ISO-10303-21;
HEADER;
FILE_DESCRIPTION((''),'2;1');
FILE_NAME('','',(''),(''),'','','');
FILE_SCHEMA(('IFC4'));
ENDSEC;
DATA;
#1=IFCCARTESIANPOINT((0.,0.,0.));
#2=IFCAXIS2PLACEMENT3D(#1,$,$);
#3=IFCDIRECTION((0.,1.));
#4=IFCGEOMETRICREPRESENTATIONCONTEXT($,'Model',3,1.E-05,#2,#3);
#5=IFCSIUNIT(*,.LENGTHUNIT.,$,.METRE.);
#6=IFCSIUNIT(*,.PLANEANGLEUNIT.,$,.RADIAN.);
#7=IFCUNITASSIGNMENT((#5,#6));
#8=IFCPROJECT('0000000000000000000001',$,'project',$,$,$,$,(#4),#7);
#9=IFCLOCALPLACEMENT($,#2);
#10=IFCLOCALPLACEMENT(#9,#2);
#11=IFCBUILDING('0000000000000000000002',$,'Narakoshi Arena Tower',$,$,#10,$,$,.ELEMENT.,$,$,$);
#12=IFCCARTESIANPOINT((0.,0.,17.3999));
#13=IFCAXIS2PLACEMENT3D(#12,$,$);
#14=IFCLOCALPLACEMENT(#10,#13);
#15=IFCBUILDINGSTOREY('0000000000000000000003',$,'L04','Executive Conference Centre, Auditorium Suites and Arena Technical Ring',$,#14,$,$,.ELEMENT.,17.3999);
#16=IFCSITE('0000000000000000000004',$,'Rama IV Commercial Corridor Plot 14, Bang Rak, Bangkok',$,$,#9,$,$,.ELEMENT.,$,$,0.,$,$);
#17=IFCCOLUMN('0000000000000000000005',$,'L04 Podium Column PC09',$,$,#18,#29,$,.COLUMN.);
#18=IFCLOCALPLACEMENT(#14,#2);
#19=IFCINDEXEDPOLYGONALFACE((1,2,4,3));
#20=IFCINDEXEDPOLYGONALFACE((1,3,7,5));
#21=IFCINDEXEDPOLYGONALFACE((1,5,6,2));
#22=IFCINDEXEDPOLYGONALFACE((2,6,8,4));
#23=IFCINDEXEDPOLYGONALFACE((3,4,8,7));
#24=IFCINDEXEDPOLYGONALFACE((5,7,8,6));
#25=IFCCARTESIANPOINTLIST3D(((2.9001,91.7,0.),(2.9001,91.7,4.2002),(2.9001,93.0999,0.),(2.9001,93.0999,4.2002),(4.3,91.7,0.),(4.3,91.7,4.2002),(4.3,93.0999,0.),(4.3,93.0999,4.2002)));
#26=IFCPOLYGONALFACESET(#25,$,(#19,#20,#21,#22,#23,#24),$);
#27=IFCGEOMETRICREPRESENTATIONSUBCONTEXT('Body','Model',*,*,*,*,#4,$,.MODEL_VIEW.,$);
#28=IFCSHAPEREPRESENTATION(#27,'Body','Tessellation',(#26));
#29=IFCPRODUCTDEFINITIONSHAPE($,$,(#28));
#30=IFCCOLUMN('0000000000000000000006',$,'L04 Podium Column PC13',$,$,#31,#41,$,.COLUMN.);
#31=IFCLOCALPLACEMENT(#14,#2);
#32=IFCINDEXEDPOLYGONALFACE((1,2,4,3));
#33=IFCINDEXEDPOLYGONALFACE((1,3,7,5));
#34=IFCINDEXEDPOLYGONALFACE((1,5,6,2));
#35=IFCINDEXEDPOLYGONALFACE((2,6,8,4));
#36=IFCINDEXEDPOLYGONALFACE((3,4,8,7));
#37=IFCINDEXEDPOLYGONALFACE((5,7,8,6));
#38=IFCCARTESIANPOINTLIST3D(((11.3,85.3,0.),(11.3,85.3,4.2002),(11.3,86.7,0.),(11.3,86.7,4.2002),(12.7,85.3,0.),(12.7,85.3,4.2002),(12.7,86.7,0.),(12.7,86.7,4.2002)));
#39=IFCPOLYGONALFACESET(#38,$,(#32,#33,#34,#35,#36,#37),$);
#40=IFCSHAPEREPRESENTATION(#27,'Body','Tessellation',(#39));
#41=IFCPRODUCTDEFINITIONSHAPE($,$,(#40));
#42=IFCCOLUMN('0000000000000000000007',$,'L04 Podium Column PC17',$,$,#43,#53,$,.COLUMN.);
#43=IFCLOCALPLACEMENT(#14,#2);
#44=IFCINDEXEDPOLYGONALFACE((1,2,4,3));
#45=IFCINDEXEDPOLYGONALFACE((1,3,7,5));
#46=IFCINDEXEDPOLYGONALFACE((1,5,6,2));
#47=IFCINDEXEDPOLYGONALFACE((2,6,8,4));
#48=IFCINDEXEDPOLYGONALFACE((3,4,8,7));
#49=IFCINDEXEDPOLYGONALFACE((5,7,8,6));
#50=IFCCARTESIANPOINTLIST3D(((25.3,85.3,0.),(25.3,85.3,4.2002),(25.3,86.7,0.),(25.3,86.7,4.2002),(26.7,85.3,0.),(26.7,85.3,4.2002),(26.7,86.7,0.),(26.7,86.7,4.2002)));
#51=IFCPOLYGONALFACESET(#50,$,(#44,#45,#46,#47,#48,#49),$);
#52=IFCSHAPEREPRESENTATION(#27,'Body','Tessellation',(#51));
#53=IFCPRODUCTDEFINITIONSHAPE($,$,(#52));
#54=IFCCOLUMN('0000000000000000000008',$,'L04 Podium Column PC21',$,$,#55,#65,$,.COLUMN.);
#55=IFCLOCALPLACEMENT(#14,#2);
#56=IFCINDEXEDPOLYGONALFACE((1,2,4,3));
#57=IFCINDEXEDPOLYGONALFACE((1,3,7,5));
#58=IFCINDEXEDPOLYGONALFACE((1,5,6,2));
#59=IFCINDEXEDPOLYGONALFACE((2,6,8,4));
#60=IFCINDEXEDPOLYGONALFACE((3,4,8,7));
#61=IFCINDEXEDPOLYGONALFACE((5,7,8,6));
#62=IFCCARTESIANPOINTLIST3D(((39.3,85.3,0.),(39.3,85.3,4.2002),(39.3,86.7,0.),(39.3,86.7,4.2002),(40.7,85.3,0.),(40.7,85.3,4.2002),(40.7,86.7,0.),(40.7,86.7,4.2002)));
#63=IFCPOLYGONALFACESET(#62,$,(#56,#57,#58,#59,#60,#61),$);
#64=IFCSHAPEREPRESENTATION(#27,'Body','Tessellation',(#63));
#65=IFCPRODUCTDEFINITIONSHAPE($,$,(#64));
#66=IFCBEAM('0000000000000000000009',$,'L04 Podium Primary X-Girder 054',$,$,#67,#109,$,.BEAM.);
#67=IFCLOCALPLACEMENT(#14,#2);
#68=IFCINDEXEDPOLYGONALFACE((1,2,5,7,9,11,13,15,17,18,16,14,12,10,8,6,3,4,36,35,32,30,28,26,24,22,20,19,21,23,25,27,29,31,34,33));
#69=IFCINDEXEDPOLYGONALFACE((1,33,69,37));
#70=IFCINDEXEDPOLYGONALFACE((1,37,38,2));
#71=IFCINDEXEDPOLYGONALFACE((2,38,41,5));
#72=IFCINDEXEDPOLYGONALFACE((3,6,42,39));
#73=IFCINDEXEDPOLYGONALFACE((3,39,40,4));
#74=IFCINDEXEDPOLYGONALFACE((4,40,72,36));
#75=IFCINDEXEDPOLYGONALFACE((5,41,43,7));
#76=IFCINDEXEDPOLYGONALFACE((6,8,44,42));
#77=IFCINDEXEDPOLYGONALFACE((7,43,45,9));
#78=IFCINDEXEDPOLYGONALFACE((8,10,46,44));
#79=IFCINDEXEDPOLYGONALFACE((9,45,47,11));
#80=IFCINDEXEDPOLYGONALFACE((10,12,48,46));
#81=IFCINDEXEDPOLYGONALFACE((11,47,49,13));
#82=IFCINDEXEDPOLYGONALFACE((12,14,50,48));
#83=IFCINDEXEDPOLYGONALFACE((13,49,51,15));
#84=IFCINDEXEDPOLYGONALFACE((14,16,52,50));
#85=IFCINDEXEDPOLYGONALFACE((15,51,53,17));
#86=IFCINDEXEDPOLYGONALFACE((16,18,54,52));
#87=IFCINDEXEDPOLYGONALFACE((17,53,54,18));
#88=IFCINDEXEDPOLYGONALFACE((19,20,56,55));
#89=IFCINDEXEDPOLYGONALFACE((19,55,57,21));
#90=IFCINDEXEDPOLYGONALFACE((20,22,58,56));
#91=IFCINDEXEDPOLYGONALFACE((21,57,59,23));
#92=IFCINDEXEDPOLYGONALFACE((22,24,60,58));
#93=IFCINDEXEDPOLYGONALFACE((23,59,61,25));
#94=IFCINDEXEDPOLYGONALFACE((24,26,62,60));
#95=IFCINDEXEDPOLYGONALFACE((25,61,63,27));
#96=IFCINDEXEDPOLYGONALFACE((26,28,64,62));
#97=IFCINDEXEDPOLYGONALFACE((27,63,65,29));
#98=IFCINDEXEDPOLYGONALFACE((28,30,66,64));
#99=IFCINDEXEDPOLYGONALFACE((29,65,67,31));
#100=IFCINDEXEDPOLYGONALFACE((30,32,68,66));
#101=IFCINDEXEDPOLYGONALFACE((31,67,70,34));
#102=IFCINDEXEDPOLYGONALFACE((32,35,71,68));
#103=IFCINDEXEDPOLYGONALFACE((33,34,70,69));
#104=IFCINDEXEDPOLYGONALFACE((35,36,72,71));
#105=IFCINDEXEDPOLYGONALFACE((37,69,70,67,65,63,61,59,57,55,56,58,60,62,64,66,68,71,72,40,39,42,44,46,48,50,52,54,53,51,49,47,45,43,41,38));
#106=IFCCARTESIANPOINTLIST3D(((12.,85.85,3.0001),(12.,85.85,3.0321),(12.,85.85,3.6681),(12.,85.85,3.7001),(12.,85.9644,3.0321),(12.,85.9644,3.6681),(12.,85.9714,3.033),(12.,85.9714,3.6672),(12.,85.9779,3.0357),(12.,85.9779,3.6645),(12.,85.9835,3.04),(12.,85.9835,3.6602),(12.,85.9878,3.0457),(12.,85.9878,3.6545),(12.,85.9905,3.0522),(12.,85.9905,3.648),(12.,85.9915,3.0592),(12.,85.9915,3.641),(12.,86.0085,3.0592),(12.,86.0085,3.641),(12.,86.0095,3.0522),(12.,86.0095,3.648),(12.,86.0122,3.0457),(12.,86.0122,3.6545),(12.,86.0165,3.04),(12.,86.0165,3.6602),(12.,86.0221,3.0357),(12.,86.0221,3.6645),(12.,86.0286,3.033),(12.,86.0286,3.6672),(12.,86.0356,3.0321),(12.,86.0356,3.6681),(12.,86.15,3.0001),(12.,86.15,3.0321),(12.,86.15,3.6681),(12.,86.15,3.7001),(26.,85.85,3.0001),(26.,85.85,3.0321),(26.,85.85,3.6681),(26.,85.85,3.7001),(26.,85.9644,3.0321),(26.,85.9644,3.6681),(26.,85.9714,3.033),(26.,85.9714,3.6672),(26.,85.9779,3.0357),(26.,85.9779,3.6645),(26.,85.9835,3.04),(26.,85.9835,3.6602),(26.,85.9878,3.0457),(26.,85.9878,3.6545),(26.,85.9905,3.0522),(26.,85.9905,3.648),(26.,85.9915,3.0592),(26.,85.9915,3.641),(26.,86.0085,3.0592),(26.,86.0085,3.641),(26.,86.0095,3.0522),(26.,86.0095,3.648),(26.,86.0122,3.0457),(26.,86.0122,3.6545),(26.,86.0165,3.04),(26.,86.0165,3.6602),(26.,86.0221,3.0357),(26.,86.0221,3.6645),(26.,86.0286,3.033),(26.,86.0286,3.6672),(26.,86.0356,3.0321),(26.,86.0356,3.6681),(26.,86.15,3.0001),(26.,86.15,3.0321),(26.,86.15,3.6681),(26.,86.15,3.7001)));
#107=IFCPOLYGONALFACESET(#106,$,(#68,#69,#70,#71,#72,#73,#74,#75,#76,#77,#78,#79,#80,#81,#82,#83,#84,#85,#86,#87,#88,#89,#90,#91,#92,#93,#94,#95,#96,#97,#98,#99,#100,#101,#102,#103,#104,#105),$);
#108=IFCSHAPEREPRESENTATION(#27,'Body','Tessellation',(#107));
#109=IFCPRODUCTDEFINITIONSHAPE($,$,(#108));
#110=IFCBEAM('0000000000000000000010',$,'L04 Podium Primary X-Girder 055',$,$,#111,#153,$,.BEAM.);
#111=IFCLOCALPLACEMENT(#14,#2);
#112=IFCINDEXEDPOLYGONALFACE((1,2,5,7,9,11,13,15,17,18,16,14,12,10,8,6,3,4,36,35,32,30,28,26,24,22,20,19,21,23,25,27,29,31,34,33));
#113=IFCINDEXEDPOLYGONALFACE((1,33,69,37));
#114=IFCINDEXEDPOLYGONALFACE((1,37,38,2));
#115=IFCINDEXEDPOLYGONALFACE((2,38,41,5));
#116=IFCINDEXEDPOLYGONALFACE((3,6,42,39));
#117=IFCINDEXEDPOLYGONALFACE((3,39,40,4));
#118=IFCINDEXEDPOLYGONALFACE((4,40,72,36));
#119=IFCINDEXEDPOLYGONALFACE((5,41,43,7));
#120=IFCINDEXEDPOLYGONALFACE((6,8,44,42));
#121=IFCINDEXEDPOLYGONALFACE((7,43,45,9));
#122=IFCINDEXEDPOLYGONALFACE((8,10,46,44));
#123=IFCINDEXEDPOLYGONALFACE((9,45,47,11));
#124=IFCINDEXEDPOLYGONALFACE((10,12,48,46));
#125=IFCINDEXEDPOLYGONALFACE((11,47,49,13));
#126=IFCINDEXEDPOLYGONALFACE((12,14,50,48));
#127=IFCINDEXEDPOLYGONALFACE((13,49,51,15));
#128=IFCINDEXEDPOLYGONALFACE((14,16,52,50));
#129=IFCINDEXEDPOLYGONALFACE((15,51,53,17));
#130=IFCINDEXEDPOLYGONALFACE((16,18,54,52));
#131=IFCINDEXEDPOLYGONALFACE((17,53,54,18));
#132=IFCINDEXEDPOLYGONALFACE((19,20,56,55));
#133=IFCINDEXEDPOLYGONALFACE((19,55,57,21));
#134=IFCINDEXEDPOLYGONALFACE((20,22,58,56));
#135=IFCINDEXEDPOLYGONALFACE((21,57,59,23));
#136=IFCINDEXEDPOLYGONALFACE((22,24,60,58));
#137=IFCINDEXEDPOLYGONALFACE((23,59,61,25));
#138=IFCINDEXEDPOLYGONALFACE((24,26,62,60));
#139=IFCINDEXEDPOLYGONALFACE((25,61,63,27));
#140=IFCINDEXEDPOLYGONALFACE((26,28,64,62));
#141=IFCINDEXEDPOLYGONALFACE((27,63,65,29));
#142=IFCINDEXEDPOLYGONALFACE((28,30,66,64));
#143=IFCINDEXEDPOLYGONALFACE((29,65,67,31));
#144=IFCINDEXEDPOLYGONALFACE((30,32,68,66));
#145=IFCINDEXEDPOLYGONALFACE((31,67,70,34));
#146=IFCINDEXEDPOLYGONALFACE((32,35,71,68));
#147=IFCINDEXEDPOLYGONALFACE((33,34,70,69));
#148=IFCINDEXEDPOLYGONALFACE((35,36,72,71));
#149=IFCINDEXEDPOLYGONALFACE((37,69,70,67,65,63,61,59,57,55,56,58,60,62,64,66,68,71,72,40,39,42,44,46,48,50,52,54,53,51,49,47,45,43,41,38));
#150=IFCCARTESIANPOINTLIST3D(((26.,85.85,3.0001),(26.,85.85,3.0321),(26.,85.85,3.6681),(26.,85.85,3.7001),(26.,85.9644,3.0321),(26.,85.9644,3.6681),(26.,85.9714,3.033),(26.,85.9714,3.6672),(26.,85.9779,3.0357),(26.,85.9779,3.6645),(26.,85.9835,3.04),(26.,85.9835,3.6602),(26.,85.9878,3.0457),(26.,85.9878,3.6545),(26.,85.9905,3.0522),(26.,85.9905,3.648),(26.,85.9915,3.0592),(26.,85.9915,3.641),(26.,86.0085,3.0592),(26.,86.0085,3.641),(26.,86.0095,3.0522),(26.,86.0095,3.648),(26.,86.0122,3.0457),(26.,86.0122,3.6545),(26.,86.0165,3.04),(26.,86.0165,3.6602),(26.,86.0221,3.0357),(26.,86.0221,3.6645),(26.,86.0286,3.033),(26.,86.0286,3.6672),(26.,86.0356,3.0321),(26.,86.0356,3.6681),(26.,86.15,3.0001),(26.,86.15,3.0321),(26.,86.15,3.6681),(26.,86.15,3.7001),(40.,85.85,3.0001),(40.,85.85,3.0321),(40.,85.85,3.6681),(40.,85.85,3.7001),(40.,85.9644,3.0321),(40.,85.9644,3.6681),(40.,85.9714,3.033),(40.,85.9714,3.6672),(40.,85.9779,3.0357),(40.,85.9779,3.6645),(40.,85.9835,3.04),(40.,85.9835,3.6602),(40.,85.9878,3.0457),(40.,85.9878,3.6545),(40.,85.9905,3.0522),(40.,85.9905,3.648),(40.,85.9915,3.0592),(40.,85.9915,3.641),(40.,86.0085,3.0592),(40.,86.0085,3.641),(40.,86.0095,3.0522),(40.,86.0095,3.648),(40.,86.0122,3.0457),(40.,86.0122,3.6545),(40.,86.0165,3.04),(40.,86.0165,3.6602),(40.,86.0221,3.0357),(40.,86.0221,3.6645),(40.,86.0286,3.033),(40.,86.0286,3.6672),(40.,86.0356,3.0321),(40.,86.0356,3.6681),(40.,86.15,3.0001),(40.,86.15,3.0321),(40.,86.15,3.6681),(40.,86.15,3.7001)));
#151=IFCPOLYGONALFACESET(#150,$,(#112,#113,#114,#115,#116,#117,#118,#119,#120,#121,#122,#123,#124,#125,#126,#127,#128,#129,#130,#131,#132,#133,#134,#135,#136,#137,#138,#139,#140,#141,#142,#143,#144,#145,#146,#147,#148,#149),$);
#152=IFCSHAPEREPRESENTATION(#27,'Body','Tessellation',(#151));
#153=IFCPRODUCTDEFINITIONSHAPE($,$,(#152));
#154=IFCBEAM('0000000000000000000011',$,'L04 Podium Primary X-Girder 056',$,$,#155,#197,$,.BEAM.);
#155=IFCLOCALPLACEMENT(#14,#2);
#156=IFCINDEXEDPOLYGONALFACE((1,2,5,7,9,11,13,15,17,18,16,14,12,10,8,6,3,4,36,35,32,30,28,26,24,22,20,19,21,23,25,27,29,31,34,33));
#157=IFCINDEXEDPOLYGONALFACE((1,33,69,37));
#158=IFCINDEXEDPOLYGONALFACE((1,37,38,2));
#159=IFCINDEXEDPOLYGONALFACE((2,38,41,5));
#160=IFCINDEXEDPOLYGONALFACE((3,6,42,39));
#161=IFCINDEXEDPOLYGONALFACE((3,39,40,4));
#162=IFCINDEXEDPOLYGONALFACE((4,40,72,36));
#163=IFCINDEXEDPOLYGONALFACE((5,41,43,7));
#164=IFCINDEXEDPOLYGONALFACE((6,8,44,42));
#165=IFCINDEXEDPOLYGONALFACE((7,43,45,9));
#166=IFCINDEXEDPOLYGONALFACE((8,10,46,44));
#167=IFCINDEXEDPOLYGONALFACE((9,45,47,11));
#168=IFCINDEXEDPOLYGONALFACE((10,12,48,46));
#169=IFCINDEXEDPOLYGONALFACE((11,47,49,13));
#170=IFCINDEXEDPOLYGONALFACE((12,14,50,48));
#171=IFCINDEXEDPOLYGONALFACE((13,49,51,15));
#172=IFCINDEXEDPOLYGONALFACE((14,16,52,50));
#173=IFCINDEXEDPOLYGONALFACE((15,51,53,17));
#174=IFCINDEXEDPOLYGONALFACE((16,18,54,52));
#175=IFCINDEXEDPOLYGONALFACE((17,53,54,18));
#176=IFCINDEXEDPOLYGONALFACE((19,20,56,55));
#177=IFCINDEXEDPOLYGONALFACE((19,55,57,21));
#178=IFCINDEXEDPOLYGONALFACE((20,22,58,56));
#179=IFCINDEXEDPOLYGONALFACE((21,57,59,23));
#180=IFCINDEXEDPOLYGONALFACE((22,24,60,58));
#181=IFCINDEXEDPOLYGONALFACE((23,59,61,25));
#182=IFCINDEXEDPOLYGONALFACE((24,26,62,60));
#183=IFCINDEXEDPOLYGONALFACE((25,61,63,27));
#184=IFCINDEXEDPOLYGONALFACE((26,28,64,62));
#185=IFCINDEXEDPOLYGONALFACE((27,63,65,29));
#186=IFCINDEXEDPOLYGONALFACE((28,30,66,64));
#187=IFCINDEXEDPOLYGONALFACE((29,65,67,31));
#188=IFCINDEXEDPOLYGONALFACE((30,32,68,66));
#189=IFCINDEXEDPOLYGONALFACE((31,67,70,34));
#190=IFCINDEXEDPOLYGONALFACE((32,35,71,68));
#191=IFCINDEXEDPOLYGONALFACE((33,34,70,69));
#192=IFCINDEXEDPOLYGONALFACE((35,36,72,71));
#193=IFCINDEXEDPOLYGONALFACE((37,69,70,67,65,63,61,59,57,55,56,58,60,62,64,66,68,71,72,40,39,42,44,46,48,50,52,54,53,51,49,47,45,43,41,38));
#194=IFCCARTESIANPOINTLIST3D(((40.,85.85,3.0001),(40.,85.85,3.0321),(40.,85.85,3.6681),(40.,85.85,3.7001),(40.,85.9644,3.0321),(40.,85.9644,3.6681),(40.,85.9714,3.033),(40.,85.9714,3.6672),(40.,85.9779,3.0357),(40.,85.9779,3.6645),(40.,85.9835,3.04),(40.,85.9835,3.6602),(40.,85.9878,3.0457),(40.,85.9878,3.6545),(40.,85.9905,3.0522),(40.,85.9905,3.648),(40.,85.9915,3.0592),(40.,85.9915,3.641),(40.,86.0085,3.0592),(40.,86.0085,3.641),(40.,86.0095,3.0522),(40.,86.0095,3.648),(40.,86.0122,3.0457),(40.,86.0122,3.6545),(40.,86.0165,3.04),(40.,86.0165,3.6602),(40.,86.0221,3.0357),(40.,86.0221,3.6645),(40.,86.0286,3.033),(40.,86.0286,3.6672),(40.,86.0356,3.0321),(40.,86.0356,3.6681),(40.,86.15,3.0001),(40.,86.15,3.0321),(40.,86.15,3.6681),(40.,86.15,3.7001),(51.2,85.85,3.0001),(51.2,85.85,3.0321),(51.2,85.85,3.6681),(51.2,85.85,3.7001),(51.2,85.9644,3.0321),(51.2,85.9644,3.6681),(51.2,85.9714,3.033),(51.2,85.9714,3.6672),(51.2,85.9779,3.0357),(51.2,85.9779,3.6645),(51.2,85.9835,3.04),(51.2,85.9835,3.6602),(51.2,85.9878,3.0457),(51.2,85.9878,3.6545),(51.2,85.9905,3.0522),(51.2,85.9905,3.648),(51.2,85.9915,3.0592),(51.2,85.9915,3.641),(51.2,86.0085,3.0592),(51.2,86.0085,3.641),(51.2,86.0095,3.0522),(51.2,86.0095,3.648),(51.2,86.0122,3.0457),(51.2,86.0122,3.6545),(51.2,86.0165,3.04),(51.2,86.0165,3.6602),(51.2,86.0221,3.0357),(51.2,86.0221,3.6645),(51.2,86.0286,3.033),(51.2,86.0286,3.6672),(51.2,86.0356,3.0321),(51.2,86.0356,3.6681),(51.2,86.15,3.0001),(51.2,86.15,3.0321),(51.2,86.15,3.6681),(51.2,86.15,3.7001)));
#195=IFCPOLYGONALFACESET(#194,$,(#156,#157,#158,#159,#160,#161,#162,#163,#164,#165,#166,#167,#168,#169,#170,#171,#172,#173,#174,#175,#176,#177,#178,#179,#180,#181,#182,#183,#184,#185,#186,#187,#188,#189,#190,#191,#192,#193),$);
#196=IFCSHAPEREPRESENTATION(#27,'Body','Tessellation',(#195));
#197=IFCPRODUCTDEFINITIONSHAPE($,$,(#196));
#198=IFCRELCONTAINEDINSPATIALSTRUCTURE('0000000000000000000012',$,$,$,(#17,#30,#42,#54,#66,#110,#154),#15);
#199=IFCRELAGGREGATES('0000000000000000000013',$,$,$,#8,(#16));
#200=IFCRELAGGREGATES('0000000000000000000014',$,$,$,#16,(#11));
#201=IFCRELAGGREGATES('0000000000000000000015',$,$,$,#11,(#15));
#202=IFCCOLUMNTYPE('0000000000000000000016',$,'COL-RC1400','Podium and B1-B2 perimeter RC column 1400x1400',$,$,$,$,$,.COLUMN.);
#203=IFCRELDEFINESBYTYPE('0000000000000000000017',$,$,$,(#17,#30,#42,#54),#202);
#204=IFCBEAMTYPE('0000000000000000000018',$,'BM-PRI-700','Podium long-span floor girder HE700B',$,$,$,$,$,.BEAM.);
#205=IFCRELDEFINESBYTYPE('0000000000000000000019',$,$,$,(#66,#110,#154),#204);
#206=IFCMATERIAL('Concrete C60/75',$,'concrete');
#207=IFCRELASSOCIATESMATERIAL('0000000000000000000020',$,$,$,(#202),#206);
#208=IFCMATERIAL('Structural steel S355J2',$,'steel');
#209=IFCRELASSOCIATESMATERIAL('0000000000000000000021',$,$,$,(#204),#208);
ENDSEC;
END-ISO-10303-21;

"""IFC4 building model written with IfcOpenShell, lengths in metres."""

from ifc_helpers import new_model, si_unit, direction, frame, origin, origin_2d, place, context, subcontext, project, spatial, rectangle, i_section, extrude, material, material_profile, profile_set, type_object, element, save


model = new_model("IFC4")

# Units and contexts
model_context = context("Model", 3, precision=1e-05, world=origin(), true_north=direction((0.0, 1.0)))
body_context = subcontext(model_context, "Body", "Model", "MODEL_VIEW")
ifc_project = project(units=[si_unit("LENGTHUNIT", "METRE"), si_unit("PLANEANGLEUNIT", "RADIAN")], contexts=[model_context])

# Site, building, storey
site_placement = place(None, origin())
site = spatial("IfcSite", under=ifc_project, at=site_placement, Name="Rama IV Commercial Corridor Plot 14, Bang Rak, Bangkok", CompositionType="ELEMENT", RefElevation=0.0)
building_placement = place(site_placement, origin())
building = spatial("IfcBuilding", under=site, at=building_placement, Name="Narakoshi Arena Tower", CompositionType="ELEMENT")
storey_placement = place(building_placement, frame((0.0, 0.0, 17.3999)))
storey = spatial("IfcBuildingStorey", under=building, at=storey_placement, Name="L04", Description="Executive Conference Centre, Auditorium Suites and Arena Technical Ring", CompositionType="ELEMENT", Elevation=17.3999)

# Columns
ifc_material_1 = material(Name="Concrete C60/75", Category="concrete")
ifc_material_profile_1 = material_profile(ifc_material_1, rectangle(XDim=1.3999, YDim=1.3999, at=origin_2d()), Name="RC1400x1400")
ifc_profile_set_1 = profile_set([ifc_material_profile_1], Name="Concrete C60/75")
column_type = type_object("IfcColumnType", Name="COL-RC1400", Description="Podium and B1-B2 perimeter RC column 1400x1400", PredefinedType="COLUMN", material=ifc_profile_set_1)
for number, where, z_axis, x_axis, name in (
    (1, (3.6001, 92.3999, 0.0), (0.0, 0.0, 1.0), (1.0, 0.0, 0.0), "L04 Podium Column PC09"),
    (2, (12.0, 86.0, 0.0), (0.0, 0.0, 1.0), (1.0, 0.0, 0.0), "L04 Podium Column PC13"),
    (3, (26.0, 86.0, 0.0), (0.0, 0.0, 1.0), (1.0, 0.0, 0.0), "L04 Podium Column PC17"),
    (4, (40.0, 86.0, 0.0), (0.0, 0.0, 1.0), (1.0, 0.0, 0.0), "L04 Podium Column PC21"),
):
    element("IfcColumn", number, at=place(storey_placement, frame(where, z_axis=z_axis, x_axis=x_axis)), inside=storey, type_object=column_type, Name=name, PredefinedType="COLUMN", context=body_context, shape_type="SweptSolid", body=[
        extrude(rectangle(XDim=1.3999, YDim=1.3999, at=origin_2d()), origin(), (0.0, 0.0, 1.0), 4.2002),
    ])

# Beams
ifc_material_2 = material(Name="Structural steel S355J2", Category="steel")
ifc_material_profile_2 = material_profile(ifc_material_2, i_section(OverallWidth=0.3, OverallDepth=0.7, WebThickness=0.0171, FlangeThickness=0.032, FilletRadius=0.0271, at=origin_2d()), Name="HE700B")
ifc_profile_set_2 = profile_set([ifc_material_profile_2], Name="Structural steel S355J2")
beam_type = type_object("IfcBeamType", Name="BM-PRI-700", Description="Podium long-span floor girder HE700B", PredefinedType="BEAM", material=ifc_profile_set_2)
for number, where, z_axis, x_axis, name in (
    (5, (12.0, 86.0, 3.3501), (1.0, 0.0, 0.0), (0.0, 1.0, 0.0), "L04 Podium Primary X-Girder 054"),
    (6, (26.0, 86.0, 3.3501), (1.0, 0.0, 0.0), (0.0, 1.0, 0.0), "L04 Podium Primary X-Girder 055"),
):
    element("IfcBeam", number, at=place(storey_placement, frame(where, z_axis=z_axis, x_axis=x_axis)), inside=storey, type_object=beam_type, Name=name, PredefinedType="BEAM", context=body_context, shape_type="SweptSolid", body=[
        extrude(i_section(OverallWidth=0.3, OverallDepth=0.7, WebThickness=0.0171, FlangeThickness=0.032, FilletRadius=0.0271, at=origin_2d()), origin(), (0.0, 0.0, 1.0), 14.0),
    ])
beam_1_placement = place(storey_placement, frame((40.0, 86.0, 3.3501), z_axis=(1.0, 0.0, 0.0), x_axis=(0.0, 1.0, 0.0)))
element("IfcBeam", 7, at=beam_1_placement, inside=storey, type_object=beam_type, Name="L04 Podium Primary X-Girder 056", PredefinedType="BEAM", context=body_context, shape_type="SweptSolid", body=[
    extrude(i_section(OverallWidth=0.3, OverallDepth=0.7, WebThickness=0.0171, FlangeThickness=0.032, FilletRadius=0.0271, at=origin_2d()), origin(), (0.0, 0.0, 1.0), 11.2),
])

save(model, "model.ifc")
